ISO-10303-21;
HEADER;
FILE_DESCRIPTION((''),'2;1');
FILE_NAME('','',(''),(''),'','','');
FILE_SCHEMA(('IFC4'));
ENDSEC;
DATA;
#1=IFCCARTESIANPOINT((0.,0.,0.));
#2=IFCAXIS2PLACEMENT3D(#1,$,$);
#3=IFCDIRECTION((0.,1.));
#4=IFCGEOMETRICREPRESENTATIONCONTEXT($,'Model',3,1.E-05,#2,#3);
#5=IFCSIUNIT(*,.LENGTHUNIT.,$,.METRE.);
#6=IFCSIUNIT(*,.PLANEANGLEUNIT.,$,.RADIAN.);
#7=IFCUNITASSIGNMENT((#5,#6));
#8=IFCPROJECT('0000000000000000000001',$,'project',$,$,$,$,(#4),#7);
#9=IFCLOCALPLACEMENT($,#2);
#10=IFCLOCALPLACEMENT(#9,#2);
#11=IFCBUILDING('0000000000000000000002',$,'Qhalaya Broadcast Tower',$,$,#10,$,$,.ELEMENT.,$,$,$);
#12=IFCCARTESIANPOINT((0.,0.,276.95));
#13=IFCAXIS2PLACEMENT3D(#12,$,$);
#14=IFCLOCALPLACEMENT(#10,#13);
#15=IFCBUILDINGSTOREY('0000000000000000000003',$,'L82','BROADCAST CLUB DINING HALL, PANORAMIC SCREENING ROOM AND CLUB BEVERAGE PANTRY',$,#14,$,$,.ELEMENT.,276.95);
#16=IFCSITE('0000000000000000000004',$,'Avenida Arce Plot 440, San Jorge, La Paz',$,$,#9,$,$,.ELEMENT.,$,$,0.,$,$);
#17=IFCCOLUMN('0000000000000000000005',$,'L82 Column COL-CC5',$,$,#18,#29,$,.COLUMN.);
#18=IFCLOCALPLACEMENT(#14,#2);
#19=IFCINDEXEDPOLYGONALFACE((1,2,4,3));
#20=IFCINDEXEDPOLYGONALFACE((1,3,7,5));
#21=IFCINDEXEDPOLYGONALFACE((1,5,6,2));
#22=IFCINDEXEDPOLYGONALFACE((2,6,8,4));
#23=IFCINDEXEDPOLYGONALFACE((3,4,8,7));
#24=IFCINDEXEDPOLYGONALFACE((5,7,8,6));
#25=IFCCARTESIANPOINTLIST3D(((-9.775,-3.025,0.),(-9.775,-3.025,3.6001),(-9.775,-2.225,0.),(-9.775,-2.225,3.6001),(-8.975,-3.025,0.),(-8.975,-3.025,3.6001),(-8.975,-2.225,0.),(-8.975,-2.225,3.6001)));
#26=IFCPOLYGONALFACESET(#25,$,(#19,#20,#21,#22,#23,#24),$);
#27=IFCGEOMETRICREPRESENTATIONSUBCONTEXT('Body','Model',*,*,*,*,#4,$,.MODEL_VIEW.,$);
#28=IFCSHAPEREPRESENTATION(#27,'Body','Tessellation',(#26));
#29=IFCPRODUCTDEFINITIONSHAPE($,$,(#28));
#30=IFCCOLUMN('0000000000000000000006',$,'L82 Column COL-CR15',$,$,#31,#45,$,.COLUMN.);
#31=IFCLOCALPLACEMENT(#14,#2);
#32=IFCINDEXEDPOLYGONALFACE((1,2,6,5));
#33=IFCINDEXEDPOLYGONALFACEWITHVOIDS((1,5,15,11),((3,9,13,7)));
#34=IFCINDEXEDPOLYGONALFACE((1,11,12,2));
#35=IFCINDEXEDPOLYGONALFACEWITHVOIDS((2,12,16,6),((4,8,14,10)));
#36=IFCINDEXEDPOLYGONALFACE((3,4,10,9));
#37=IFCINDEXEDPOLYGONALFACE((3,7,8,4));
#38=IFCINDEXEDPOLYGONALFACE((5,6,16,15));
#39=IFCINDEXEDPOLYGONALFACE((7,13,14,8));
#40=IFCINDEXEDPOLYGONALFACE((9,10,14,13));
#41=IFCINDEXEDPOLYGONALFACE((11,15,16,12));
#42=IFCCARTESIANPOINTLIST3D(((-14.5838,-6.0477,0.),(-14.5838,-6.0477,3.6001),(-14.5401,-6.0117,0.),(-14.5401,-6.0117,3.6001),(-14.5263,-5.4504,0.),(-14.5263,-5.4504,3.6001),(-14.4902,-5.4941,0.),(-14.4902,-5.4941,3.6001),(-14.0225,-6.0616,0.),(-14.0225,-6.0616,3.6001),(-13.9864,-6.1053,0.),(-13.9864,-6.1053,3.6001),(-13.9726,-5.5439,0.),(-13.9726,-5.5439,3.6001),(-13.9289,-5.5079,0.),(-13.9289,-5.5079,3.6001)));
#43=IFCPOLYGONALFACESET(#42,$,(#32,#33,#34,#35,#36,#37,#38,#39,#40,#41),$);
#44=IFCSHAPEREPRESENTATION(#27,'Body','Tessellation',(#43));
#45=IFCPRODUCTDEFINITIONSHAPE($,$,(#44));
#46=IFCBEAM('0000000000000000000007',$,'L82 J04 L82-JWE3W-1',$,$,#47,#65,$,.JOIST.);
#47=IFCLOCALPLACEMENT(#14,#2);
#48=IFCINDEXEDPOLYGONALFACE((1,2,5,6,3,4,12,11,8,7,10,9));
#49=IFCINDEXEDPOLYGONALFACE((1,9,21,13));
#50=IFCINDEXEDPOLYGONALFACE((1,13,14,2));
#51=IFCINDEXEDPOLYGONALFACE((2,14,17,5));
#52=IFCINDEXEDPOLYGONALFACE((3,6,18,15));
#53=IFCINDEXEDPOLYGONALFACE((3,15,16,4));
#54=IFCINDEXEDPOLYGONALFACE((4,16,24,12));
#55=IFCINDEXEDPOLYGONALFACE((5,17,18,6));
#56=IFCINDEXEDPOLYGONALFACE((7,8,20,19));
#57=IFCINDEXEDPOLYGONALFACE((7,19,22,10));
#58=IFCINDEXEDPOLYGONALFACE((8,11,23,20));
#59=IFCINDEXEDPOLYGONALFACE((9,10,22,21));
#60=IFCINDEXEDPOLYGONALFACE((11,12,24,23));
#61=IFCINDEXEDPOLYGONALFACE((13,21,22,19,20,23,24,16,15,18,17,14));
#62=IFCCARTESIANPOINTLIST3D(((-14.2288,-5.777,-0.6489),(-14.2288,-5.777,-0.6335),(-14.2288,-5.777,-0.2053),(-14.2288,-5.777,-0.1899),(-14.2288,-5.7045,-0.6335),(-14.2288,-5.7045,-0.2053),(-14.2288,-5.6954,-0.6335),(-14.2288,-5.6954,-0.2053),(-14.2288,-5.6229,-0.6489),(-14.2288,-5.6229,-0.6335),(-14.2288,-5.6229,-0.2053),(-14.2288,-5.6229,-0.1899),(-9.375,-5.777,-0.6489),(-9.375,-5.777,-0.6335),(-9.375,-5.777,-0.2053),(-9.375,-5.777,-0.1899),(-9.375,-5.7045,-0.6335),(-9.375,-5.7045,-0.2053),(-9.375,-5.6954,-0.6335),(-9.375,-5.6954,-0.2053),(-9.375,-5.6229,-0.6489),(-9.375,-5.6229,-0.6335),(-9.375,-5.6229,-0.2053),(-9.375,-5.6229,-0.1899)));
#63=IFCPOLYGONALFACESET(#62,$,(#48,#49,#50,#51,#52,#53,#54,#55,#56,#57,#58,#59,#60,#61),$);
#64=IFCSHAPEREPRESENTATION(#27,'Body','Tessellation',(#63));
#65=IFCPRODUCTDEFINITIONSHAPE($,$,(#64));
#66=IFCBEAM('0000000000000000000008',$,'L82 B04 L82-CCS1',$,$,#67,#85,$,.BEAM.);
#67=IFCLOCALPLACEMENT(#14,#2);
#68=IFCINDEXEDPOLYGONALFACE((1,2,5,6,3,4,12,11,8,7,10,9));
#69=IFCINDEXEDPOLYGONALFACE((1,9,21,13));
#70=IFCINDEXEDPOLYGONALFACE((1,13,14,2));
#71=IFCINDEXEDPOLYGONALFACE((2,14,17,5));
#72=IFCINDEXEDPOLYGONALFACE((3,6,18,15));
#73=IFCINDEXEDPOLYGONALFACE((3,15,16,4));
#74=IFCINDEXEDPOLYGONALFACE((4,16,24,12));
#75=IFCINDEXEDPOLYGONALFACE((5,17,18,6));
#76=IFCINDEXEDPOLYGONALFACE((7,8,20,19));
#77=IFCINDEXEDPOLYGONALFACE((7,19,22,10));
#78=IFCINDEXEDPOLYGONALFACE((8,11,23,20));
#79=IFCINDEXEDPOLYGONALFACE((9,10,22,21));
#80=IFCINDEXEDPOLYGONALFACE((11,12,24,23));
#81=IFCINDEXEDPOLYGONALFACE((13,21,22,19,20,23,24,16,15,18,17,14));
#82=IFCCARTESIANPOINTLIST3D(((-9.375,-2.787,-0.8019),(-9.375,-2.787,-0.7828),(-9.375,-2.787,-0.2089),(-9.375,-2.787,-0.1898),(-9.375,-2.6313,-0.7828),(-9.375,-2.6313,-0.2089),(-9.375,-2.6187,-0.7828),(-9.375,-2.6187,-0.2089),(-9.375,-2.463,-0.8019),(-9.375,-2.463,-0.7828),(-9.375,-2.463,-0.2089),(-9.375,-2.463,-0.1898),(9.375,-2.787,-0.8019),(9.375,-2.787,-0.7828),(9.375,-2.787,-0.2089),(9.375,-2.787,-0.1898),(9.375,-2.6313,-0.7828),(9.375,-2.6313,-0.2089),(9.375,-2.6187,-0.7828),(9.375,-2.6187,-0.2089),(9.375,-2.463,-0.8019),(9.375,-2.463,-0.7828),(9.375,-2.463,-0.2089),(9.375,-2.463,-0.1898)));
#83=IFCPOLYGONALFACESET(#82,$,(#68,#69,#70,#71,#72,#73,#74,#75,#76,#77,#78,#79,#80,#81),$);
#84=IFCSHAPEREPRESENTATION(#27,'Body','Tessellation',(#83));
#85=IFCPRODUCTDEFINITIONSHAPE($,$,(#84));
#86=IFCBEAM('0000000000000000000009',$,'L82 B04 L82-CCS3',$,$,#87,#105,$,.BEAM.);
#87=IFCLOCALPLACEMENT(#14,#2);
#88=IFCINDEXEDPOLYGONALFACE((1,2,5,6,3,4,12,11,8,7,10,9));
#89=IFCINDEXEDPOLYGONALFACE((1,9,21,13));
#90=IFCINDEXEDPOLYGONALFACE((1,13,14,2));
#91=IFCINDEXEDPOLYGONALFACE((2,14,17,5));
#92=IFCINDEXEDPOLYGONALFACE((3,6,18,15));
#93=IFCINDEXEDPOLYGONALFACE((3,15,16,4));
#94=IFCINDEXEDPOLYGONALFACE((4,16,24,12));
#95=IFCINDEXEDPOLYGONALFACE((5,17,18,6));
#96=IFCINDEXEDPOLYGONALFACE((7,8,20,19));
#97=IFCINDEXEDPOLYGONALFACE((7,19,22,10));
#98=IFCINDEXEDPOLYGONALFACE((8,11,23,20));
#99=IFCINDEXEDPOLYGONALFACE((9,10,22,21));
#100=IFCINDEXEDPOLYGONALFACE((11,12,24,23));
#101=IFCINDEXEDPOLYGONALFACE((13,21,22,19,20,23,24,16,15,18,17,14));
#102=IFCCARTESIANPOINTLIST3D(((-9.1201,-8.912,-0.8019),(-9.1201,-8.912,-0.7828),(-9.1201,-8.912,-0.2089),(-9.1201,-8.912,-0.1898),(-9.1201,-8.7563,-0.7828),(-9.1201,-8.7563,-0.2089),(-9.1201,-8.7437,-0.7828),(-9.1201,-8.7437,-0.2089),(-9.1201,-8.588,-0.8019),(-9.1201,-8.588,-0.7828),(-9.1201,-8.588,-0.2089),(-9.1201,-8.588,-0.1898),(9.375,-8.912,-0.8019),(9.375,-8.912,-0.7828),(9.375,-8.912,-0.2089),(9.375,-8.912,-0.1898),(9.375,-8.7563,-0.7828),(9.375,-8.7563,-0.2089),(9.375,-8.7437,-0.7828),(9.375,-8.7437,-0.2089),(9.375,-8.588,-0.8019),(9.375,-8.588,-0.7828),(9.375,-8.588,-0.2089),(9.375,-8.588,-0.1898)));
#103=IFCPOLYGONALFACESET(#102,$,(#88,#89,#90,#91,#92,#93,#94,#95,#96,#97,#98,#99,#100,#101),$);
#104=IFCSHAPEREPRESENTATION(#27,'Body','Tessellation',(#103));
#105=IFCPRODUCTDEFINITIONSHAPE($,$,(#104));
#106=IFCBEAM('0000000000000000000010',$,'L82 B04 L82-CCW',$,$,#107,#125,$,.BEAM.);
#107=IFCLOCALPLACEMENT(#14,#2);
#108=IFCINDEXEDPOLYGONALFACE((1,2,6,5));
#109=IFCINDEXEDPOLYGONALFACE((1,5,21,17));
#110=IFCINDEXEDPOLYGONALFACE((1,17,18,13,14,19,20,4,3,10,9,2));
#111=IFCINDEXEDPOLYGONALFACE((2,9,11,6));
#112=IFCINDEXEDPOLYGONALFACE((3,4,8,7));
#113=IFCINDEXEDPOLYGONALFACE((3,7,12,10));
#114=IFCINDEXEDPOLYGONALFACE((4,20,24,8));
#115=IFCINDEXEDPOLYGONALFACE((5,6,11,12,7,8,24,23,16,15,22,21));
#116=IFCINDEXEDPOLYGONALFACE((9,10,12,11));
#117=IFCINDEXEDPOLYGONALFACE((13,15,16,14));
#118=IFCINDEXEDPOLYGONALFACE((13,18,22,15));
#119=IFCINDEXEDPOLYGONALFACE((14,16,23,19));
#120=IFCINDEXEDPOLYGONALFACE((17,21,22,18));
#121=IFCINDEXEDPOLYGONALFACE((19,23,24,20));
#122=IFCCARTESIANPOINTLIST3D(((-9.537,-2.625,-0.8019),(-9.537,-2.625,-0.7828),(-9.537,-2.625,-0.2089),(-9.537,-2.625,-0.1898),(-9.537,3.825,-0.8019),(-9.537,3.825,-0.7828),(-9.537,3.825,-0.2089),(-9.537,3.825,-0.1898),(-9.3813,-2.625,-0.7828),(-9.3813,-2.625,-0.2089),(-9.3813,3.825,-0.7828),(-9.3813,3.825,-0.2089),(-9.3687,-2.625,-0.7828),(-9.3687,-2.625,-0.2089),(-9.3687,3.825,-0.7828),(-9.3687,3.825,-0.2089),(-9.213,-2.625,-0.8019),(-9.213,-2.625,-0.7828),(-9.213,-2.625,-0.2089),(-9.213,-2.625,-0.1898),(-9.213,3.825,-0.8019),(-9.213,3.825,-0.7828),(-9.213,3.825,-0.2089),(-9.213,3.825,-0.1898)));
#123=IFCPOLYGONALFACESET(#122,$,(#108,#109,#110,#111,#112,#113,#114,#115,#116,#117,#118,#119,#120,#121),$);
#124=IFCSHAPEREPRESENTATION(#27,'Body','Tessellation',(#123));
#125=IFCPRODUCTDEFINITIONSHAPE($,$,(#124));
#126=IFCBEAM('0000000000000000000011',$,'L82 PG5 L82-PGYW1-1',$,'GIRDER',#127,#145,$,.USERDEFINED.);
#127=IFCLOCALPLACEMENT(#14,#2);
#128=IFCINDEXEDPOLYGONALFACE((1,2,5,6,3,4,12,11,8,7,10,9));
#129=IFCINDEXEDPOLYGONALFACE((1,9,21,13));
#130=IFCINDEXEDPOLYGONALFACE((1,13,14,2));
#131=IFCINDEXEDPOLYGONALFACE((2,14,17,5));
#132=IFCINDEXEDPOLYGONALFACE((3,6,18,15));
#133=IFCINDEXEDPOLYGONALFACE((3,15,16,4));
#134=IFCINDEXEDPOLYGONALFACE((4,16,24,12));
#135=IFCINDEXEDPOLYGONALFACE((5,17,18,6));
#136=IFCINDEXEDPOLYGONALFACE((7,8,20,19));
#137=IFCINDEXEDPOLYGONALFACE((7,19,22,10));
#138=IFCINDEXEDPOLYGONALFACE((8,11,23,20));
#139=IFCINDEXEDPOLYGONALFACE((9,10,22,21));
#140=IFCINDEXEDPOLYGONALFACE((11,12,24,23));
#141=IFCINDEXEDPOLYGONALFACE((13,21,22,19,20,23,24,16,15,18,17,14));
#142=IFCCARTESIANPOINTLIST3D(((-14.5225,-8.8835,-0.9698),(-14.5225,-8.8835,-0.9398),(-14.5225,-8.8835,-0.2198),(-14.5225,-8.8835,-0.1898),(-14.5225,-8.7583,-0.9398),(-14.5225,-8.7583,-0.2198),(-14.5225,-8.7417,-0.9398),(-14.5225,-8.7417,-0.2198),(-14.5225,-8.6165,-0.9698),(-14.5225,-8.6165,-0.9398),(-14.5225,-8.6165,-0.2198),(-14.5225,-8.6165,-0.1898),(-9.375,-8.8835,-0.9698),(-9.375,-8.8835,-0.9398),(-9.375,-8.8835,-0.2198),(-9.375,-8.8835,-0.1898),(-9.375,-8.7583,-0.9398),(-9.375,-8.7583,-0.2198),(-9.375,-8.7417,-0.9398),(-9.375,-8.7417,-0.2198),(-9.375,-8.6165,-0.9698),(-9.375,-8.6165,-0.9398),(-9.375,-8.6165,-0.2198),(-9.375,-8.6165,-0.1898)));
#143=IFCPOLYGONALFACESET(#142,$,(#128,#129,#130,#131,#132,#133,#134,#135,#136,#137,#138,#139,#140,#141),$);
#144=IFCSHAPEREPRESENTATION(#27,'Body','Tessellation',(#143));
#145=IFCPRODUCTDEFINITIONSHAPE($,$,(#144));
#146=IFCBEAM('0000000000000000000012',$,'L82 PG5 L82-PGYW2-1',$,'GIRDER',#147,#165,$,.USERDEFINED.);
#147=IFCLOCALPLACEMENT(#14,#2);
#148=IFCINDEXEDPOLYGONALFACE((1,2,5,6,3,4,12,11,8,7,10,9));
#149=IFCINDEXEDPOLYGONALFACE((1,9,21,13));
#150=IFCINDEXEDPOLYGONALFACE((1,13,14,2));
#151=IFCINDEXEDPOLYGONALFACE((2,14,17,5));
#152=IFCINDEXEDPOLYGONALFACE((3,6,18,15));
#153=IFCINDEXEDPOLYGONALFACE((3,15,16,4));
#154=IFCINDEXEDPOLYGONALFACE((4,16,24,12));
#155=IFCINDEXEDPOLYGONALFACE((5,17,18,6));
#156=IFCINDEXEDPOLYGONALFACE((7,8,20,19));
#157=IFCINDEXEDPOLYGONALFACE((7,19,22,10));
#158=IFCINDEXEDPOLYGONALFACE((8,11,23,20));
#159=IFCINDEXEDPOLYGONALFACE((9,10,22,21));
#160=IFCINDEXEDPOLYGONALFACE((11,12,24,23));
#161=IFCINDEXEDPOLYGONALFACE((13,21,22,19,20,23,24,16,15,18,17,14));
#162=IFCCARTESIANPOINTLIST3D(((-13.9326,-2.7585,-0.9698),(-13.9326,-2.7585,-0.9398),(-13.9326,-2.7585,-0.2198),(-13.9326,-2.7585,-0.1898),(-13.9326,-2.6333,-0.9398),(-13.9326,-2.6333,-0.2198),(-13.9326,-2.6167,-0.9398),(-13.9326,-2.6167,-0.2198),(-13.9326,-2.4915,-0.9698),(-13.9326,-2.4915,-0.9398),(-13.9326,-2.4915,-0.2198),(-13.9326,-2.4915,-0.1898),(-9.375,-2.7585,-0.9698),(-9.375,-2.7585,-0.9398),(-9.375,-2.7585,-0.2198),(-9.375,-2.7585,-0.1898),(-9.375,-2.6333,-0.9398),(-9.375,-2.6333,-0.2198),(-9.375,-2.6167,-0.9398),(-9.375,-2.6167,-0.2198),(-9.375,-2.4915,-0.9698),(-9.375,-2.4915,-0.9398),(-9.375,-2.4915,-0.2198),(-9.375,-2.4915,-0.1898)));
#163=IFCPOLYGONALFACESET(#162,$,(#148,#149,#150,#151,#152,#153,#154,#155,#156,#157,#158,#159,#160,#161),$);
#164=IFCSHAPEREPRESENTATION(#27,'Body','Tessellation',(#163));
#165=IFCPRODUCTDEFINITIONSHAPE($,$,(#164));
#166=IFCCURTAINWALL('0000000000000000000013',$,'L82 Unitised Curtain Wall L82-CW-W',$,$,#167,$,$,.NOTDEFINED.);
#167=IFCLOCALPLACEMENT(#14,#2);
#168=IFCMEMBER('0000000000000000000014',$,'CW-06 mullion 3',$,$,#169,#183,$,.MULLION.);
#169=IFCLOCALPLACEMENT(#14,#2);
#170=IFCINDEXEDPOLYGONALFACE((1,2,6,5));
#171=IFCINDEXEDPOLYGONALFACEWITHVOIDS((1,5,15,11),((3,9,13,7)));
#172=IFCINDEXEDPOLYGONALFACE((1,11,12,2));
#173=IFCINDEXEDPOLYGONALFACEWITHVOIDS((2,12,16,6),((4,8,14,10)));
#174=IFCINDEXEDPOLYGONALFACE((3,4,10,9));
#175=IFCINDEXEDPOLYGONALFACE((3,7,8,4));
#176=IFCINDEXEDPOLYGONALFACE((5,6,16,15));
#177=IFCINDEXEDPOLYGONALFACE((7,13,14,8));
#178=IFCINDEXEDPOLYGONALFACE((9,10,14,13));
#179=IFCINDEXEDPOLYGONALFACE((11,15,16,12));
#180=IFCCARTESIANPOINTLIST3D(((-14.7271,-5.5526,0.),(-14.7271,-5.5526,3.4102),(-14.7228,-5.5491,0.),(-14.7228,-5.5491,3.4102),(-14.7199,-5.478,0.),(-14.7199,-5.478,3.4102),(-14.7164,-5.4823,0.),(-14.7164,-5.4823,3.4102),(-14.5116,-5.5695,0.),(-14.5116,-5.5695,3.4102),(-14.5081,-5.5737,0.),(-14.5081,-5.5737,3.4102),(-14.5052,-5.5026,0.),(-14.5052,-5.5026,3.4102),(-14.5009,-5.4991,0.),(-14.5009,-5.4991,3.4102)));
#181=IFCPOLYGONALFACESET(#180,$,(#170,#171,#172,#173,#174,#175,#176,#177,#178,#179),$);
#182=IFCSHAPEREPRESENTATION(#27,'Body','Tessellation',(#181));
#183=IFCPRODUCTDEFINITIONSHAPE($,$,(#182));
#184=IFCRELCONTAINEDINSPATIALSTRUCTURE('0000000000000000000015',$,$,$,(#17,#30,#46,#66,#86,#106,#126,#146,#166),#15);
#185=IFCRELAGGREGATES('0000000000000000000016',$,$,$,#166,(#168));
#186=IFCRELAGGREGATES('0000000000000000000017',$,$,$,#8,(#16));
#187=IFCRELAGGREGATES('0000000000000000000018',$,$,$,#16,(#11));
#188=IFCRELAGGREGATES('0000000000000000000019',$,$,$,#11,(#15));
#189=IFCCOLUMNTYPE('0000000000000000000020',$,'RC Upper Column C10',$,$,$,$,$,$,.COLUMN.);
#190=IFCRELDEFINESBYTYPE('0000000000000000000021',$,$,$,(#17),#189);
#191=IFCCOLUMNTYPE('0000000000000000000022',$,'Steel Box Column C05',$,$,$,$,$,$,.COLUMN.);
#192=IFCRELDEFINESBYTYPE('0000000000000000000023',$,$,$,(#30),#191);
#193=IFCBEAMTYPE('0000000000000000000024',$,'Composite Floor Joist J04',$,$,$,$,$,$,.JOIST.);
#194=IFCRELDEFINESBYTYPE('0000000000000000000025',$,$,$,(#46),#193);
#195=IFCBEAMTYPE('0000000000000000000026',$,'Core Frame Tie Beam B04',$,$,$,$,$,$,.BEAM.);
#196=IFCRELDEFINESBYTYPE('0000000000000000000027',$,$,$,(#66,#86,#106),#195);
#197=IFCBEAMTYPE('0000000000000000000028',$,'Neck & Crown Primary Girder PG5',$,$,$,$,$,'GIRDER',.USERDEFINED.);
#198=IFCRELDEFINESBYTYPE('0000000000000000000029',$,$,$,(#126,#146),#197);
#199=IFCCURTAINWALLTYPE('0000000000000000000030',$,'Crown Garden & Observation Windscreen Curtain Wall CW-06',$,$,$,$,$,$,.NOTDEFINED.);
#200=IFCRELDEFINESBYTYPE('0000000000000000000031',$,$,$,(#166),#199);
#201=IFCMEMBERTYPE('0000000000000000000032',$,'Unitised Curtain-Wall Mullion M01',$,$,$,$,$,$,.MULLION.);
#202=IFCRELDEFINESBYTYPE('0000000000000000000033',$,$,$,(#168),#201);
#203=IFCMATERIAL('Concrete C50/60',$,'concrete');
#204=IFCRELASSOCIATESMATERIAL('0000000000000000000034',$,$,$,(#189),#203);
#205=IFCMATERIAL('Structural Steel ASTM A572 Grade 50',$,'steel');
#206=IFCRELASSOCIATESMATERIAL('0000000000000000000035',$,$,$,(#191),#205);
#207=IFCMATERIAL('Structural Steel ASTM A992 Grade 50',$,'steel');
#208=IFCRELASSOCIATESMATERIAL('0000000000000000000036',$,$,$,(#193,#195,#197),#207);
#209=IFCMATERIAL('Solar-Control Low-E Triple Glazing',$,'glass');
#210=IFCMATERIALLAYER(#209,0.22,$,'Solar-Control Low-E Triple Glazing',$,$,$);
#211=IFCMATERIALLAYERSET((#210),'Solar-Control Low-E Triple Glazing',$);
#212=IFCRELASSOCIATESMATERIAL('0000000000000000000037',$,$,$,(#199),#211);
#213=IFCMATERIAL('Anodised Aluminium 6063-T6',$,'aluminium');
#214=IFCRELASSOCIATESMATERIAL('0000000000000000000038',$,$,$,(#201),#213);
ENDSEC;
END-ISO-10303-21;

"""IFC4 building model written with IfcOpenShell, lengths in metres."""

from ifc_helpers import new_model, si_unit, direction, frame, origin, origin_2d, place, context, subcontext, project, spatial, rectangle, hollow_rectangle, i_section, extrude, material, layer, layer_set, material_profile, profile_set, type_object, element, aggregate, save


model = new_model("IFC4")

# Units and contexts
model_context = context("Model", 3, precision=1e-05, world=origin(), true_north=direction((0.0, 1.0)))
body_context = subcontext(model_context, "Body", "Model", "MODEL_VIEW")
ifc_project = project(units=[si_unit("LENGTHUNIT", "METRE"), si_unit("PLANEANGLEUNIT", "RADIAN")], contexts=[model_context])

# Site, building, storey
site_placement = place(None, origin())
site = spatial("IfcSite", under=ifc_project, at=site_placement, Name="Avenida Arce Plot 440, San Jorge, La Paz", CompositionType="ELEMENT", RefElevation=0.0)
building_placement = place(site_placement, origin())
building = spatial("IfcBuilding", under=site, at=building_placement, Name="Qhalaya Broadcast Tower", CompositionType="ELEMENT")
storey_placement = place(building_placement, frame((0.0, 0.0, 276.95)))
storey = spatial("IfcBuildingStorey", under=building, at=storey_placement, Name="L82", Description="BROADCAST CLUB DINING HALL, PANORAMIC SCREENING ROOM AND CLUB BEVERAGE PANTRY", CompositionType="ELEMENT", Elevation=276.95)

# Columns
ifc_material_1 = material(Name="Concrete C50/60", Category="concrete")
ifc_material_profile_1 = material_profile(ifc_material_1, rectangle(XDim=0.8, YDim=0.8, at=origin_2d()), Name="RC-COL 800x800")
ifc_profile_set_1 = profile_set([ifc_material_profile_1], Name="Concrete C50/60")
column_type_1 = type_object("IfcColumnType", Name="RC Upper Column C10", PredefinedType="COLUMN", material=ifc_profile_set_1)
column_1_placement = place(storey_placement, frame((-9.375, -2.625, 0.0), z_axis=(0.0, 0.0, 1.0), x_axis=(1.0, 0.0, 0.0)))
element("IfcColumn", 1, at=column_1_placement, inside=storey, type_object=column_type_1, Name="L82 Column COL-CC5", PredefinedType="COLUMN", context=body_context, shape_type="SweptSolid", body=[
    extrude(rectangle(XDim=0.8, YDim=0.8, at=origin_2d()), origin(), (0.0, 0.0, 1.0), 3.6001),
])
ifc_material_2 = material(Name="Structural Steel ASTM A572 Grade 50", Category="steel")
ifc_material_profile_2 = material_profile(ifc_material_2, hollow_rectangle(XDim=0.6001, YDim=0.6001, WallThickness=0.04, at=origin_2d()), Name="BOX 600x600x40")
ifc_profile_set_2 = profile_set([ifc_material_profile_2], Name="Structural Steel ASTM A572 Grade 50")
column_type_2 = type_object("IfcColumnType", Name="Steel Box Column C05", PredefinedType="COLUMN", material=ifc_profile_set_2)
column_2_placement = place(storey_placement, frame((-14.2563, -5.7778, 0.0), z_axis=(0.0, 0.0, 1.0), x_axis=(0.095846, 0.995396, 0.0)))
element("IfcColumn", 2, at=column_2_placement, inside=storey, type_object=column_type_2, Name="L82 Column COL-CR15", PredefinedType="COLUMN", context=body_context, shape_type="SweptSolid", body=[
    extrude(hollow_rectangle(XDim=0.6001, YDim=0.6001, WallThickness=0.04, at=origin_2d()), origin(), (0.0, 0.0, 1.0), 3.6001),
])

# Beams
ifc_material_3 = material(Name="Structural Steel ASTM A992 Grade 50", Category="steel")
ifc_material_profile_3 = material_profile(ifc_material_3, i_section(OverallWidth=0.1541, OverallDepth=0.459, WebThickness=0.009, FlangeThickness=0.0154, at=origin_2d()), Name="W18X46")
ifc_profile_set_3 = profile_set([ifc_material_profile_3], Name="Structural Steel ASTM A992 Grade 50")
beam_type_1 = type_object("IfcBeamType", Name="Composite Floor Joist J04", PredefinedType="JOIST", material=ifc_profile_set_3)
beam_1_placement = place(storey_placement, frame((-14.2288, -5.7, -0.4194), z_axis=(1.0, 0.0, 0.0), x_axis=(0.0, 1.0, 0.0)))
element("IfcBeam", 3, at=beam_1_placement, inside=storey, type_object=beam_type_1, Name="L82 J04 L82-JWE3W-1", PredefinedType="JOIST", context=body_context, shape_type="SweptSolid", body=[
    extrude(i_section(OverallWidth=0.1541, OverallDepth=0.459, WebThickness=0.009, FlangeThickness=0.0154, at=origin_2d()), origin(), (0.0, 0.0, 1.0), 4.8538),
])
ifc_material_profile_4 = material_profile(ifc_material_3, i_section(OverallWidth=0.324, OverallDepth=0.6121, WebThickness=0.0127, FlangeThickness=0.019, at=origin_2d()), Name="W24X104")
ifc_profile_set_4 = profile_set([ifc_material_profile_4], Name="Structural Steel ASTM A992 Grade 50")
beam_type_2 = type_object("IfcBeamType", Name="Core Frame Tie Beam B04", PredefinedType="BEAM", material=ifc_profile_set_4)
beam_2_placement = place(storey_placement, frame((-9.375, -2.625, -0.4958), z_axis=(1.0, 0.0, 0.0), x_axis=(0.0, 1.0, 0.0)))
element("IfcBeam", 4, at=beam_2_placement, inside=storey, type_object=beam_type_2, Name="L82 B04 L82-CCS1", PredefinedType="BEAM", context=body_context, shape_type="SweptSolid", body=[
    extrude(i_section(OverallWidth=0.324, OverallDepth=0.6121, WebThickness=0.0127, FlangeThickness=0.019, at=origin_2d()), origin(), (0.0, 0.0, 1.0), 18.75),
])
beam_3_placement = place(storey_placement, frame((-9.1201, -8.75, -0.4958), z_axis=(1.0, 0.0, 0.0), x_axis=(0.0, 1.0, 0.0)))
element("IfcBeam", 5, at=beam_3_placement, inside=storey, type_object=beam_type_2, Name="L82 B04 L82-CCS3", PredefinedType="BEAM", context=body_context, shape_type="SweptSolid", body=[
    extrude(i_section(OverallWidth=0.324, OverallDepth=0.6121, WebThickness=0.0127, FlangeThickness=0.019, at=origin_2d()), origin(), (0.0, 0.0, 1.0), 18.4951),
])
beam_4_placement = place(storey_placement, frame((-9.375, -2.625, -0.4958), z_axis=(0.0, 1.0, 0.0), x_axis=(-1.0, 0.0, 0.0)))
element("IfcBeam", 6, at=beam_4_placement, inside=storey, type_object=beam_type_2, Name="L82 B04 L82-CCW", PredefinedType="BEAM", context=body_context, shape_type="SweptSolid", body=[
    extrude(i_section(OverallWidth=0.324, OverallDepth=0.6121, WebThickness=0.0127, FlangeThickness=0.019, at=origin_2d()), origin(), (0.0, 0.0, 1.0), 6.45),
])
ifc_material_profile_5 = material_profile(ifc_material_3, i_section(OverallWidth=0.2671, OverallDepth=0.78, WebThickness=0.0166, FlangeThickness=0.03, at=origin_2d()), Name="W30X148")
ifc_profile_set_5 = profile_set([ifc_material_profile_5], Name="Structural Steel ASTM A992 Grade 50")
beam_type_3 = type_object("IfcBeamType", Name="Neck & Crown Primary Girder PG5", ElementType="GIRDER", PredefinedType="USERDEFINED", material=ifc_profile_set_5)
beam_5_placement = place(storey_placement, frame((-14.5225, -8.75, -0.5798), z_axis=(1.0, 0.0, 0.0), x_axis=(0.0, 1.0, 0.0)))
element("IfcBeam", 7, at=beam_5_placement, inside=storey, type_object=beam_type_3, Name="L82 PG5 L82-PGYW1-1", ObjectType="GIRDER", PredefinedType="USERDEFINED", context=body_context, shape_type="SweptSolid", body=[
    extrude(i_section(OverallWidth=0.2671, OverallDepth=0.78, WebThickness=0.0166, FlangeThickness=0.03, at=origin_2d()), origin(), (0.0, 0.0, 1.0), 5.1475),
])
beam_6_placement = place(storey_placement, frame((-13.9326, -2.625, -0.5798), z_axis=(1.0, 0.0, 0.0), x_axis=(0.0, 1.0, 0.0)))
element("IfcBeam", 8, at=beam_6_placement, inside=storey, type_object=beam_type_3, Name="L82 PG5 L82-PGYW2-1", ObjectType="GIRDER", PredefinedType="USERDEFINED", context=body_context, shape_type="SweptSolid", body=[
    extrude(i_section(OverallWidth=0.2671, OverallDepth=0.78, WebThickness=0.0166, FlangeThickness=0.03, at=origin_2d()), origin(), (0.0, 0.0, 1.0), 4.5576),
])

# Curtain wall, member
ifc_material_4 = material(Name="Solar-Control Low-E Triple Glazing", Category="glass")
ifc_layer_1 = layer(ifc_material_4, 0.22, Name="Solar-Control Low-E Triple Glazing")
ifc_layer_set_1 = layer_set([ifc_layer_1], Name="Solar-Control Low-E Triple Glazing")
curtain_wall_type = type_object("IfcCurtainWallType", Name="Crown Garden & Observation Windscreen Curtain Wall CW-06", PredefinedType="NOTDEFINED", material=ifc_layer_set_1)
curtain_wall_placement = place(storey_placement, origin())
curtain_wall = element("IfcCurtainWall", 9, at=curtain_wall_placement, inside=storey, type_object=curtain_wall_type, Name="L82 Unitised Curtain Wall L82-CW-W", PredefinedType="NOTDEFINED")
ifc_material_5 = material(Name="Anodised Aluminium 6063-T6", Category="aluminium")
ifc_material_profile_6 = material_profile(ifc_material_5, hollow_rectangle(XDim=0.075, YDim=0.22, WallThickness=0.0039, at=origin_2d()), Name="ALU-MUL 75x220x4")
ifc_profile_set_6 = profile_set([ifc_material_profile_6], Name="Anodised Aluminium 6063-T6")
member_type_1 = type_object("IfcMemberType", Name="Unitised Curtain-Wall Mullion M01", PredefinedType="MULLION", material=ifc_profile_set_6)
member_1_placement = place(storey_placement, frame((-14.614, -5.5259, 0.0), z_axis=(0.0, 0.0, 1.0), x_axis=(-0.095848, -0.995396, 0.0)))
member_1 = element("IfcMember", 10, at=member_1_placement, type_object=member_type_1, Name="CW-06 mullion 3", PredefinedType="MULLION", context=body_context, shape_type="SweptSolid", body=[
    extrude(hollow_rectangle(XDim=0.075, YDim=0.22, WallThickness=0.0039, at=origin_2d()), origin(), (0.0, 0.0, 1.0), 3.4102),
])
aggregate(curtain_wall, [member_1])

save(model, "model.ifc")
